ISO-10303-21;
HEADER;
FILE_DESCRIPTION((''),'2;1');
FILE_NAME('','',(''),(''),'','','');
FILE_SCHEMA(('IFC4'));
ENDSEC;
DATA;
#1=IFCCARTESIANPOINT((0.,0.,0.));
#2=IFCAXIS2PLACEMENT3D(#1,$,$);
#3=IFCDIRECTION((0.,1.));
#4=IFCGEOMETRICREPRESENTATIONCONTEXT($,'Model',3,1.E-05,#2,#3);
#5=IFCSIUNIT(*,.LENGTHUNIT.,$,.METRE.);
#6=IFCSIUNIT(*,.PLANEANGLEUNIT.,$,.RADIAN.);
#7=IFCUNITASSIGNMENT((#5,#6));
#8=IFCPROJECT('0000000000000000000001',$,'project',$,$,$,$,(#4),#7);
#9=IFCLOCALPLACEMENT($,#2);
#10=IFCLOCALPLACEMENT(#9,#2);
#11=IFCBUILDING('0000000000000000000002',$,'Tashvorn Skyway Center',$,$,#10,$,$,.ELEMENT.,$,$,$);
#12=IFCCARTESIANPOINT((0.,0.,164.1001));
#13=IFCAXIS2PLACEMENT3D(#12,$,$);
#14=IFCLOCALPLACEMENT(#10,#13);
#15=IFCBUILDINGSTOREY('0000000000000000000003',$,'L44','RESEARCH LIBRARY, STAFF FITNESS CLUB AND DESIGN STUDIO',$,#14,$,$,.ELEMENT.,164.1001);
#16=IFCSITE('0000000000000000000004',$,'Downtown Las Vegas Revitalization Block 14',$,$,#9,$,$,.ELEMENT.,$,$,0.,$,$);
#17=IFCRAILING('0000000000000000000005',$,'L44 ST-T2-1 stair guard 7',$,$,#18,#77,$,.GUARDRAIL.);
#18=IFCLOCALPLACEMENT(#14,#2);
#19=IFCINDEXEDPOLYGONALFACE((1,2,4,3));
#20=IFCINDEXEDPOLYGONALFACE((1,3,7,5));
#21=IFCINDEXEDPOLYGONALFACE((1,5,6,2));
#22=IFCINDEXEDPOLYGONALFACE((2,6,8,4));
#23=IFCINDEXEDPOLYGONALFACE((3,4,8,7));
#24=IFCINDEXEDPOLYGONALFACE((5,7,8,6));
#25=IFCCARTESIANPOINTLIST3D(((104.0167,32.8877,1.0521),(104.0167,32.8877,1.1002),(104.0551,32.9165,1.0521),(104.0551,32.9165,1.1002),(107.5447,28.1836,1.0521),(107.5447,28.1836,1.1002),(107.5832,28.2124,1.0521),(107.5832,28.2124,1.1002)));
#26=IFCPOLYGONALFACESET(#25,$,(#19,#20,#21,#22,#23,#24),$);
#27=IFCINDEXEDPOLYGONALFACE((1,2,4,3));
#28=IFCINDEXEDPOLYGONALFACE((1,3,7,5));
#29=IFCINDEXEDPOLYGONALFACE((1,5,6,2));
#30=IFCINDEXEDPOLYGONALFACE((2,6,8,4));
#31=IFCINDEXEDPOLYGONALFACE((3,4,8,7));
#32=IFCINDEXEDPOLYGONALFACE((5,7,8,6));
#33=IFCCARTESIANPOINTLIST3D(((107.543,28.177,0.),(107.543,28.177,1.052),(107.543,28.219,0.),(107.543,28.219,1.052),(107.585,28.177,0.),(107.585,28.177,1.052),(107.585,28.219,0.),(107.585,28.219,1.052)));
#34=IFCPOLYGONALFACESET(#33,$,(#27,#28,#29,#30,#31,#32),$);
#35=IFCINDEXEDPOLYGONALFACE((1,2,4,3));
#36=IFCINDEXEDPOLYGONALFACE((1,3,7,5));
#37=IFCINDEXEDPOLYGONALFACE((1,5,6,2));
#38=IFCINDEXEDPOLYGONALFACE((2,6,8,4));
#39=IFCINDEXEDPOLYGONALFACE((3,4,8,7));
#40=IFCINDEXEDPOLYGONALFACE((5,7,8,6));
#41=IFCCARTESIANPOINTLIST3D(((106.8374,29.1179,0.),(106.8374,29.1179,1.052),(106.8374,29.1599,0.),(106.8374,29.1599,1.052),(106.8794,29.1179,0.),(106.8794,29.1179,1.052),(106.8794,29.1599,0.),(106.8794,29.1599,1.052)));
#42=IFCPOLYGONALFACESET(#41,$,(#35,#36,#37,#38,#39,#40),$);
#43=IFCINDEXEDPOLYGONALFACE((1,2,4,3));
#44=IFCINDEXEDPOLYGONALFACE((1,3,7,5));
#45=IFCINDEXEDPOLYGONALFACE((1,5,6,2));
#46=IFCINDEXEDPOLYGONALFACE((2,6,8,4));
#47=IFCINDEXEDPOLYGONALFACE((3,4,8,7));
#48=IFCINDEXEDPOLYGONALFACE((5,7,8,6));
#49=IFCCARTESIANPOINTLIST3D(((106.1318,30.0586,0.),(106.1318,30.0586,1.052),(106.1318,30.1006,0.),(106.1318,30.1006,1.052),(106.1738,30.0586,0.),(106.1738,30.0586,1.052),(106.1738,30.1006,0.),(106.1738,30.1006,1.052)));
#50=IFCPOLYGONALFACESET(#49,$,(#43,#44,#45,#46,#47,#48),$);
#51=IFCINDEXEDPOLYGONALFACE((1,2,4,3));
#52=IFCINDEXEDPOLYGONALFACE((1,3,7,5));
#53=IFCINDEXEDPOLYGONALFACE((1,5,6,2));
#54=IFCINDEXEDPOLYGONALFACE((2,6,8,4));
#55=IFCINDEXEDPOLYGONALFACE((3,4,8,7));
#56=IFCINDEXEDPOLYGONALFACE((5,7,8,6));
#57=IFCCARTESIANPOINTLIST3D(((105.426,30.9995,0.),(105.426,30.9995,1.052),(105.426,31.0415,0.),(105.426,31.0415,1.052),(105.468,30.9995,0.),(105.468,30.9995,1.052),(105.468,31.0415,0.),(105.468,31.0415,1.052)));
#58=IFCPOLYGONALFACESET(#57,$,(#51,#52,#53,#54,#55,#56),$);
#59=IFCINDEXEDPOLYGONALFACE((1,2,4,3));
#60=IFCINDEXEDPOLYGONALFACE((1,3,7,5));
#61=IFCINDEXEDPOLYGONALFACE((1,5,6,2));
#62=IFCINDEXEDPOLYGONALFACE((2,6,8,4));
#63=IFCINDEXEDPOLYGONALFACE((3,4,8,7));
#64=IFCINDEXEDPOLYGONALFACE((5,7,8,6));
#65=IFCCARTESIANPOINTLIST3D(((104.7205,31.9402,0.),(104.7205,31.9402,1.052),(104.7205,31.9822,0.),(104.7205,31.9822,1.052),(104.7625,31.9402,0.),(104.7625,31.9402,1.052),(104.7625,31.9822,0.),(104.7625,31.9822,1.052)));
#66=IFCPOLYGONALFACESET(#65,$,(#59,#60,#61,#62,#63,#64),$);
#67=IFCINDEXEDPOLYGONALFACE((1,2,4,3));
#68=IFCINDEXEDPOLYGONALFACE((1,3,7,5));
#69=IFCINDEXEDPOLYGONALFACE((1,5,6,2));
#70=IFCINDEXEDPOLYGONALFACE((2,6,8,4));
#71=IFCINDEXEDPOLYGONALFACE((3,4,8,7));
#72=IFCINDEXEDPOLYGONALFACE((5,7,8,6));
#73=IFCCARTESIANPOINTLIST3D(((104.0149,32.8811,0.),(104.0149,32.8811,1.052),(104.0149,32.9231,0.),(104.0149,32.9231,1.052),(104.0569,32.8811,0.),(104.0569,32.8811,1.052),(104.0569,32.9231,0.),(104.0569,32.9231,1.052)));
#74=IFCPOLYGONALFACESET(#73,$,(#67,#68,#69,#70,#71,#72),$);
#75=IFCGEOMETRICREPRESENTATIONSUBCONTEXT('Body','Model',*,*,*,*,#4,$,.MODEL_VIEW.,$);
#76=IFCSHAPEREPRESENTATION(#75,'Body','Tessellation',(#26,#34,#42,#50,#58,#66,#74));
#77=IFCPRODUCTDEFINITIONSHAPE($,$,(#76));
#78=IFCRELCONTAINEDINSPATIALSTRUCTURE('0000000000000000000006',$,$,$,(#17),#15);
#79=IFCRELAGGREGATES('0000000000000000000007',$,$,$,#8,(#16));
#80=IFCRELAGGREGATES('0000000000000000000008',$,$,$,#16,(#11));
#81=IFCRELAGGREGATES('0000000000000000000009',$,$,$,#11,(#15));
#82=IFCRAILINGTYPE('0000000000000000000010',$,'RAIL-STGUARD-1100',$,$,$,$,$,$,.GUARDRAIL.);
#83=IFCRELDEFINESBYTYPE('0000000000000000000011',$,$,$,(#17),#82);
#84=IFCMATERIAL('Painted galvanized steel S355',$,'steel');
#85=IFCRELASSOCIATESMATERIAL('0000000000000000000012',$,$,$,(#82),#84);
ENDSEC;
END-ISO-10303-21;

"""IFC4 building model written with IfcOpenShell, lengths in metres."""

from ifc_helpers import new_model, si_unit, direction, frame, origin, origin_2d, place, context, subcontext, project, spatial, rectangle, extrude, material, type_object, element, save


model = new_model("IFC4")

# Units and contexts
model_context = context("Model", 3, precision=1e-05, world=origin(), true_north=direction((0.0, 1.0)))
body_context = subcontext(model_context, "Body", "Model", "MODEL_VIEW")
ifc_project = project(units=[si_unit("LENGTHUNIT", "METRE"), si_unit("PLANEANGLEUNIT", "RADIAN")], contexts=[model_context])

# Site, building, storey
site_placement = place(None, origin())
site = spatial("IfcSite", under=ifc_project, at=site_placement, Name="Downtown Las Vegas Revitalization Block 14", CompositionType="ELEMENT", RefElevation=0.0)
building_placement = place(site_placement, origin())
building = spatial("IfcBuilding", under=site, at=building_placement, Name="Tashvorn Skyway Center", CompositionType="ELEMENT")
storey_placement = place(building_placement, frame((0.0, 0.0, 164.1001)))
storey = spatial("IfcBuildingStorey", under=building, at=storey_placement, Name="L44", Description="RESEARCH LIBRARY, STAFF FITNESS CLUB AND DESIGN STUDIO", CompositionType="ELEMENT", Elevation=164.1001)

# Railing
ifc_material_1 = material(Name="Painted galvanized steel S355", Category="steel")
railing_type = type_object("IfcRailingType", Name="RAIL-STGUARD-1100", PredefinedType="GUARDRAIL", material=ifc_material_1)
railing_1_placement = place(storey_placement, frame((107.564, 28.198, 0.0)))
element("IfcRailing", 1, at=railing_1_placement, inside=storey, type_object=railing_type, Name="L44 ST-T2-1 stair guard 7", PredefinedType="GUARDRAIL", context=body_context, shape_type="SweptSolid", body=[
    extrude(rectangle(XDim=0.0481, YDim=0.0481, at=origin_2d()), frame((0.0, 0.0, 1.0762), z_axis=(-0.6, 0.8, 0.0), x_axis=(-0.8, -0.6, 0.0)), (0.0, 0.0, 1.0), 5.8801),
    extrude(rectangle(XDim=0.042, YDim=0.042, at=origin_2d()), origin(), (0.0, 0.0, 1.0), 1.052),
    extrude(rectangle(XDim=0.042, YDim=0.042, at=origin_2d()), frame((-0.7056, 0.9409, 0.0)), (0.0, 0.0, 1.0), 1.052),
    extrude(rectangle(XDim=0.042, YDim=0.042, at=origin_2d()), frame((-1.4111, 1.8816, 0.0)), (0.0, 0.0, 1.0), 1.052),
    extrude(rectangle(XDim=0.042, YDim=0.042, at=origin_2d()), frame((-2.1169, 2.8225, 0.0)), (0.0, 0.0, 1.0), 1.052),
    extrude(rectangle(XDim=0.042, YDim=0.042, at=origin_2d()), frame((-2.8225, 3.7632, 0.0)), (0.0, 0.0, 1.0), 1.052),
    extrude(rectangle(XDim=0.042, YDim=0.042, at=origin_2d()), frame((-3.5281, 4.7041, 0.0)), (0.0, 0.0, 1.0), 1.052),
])

save(model, "model.ifc")
